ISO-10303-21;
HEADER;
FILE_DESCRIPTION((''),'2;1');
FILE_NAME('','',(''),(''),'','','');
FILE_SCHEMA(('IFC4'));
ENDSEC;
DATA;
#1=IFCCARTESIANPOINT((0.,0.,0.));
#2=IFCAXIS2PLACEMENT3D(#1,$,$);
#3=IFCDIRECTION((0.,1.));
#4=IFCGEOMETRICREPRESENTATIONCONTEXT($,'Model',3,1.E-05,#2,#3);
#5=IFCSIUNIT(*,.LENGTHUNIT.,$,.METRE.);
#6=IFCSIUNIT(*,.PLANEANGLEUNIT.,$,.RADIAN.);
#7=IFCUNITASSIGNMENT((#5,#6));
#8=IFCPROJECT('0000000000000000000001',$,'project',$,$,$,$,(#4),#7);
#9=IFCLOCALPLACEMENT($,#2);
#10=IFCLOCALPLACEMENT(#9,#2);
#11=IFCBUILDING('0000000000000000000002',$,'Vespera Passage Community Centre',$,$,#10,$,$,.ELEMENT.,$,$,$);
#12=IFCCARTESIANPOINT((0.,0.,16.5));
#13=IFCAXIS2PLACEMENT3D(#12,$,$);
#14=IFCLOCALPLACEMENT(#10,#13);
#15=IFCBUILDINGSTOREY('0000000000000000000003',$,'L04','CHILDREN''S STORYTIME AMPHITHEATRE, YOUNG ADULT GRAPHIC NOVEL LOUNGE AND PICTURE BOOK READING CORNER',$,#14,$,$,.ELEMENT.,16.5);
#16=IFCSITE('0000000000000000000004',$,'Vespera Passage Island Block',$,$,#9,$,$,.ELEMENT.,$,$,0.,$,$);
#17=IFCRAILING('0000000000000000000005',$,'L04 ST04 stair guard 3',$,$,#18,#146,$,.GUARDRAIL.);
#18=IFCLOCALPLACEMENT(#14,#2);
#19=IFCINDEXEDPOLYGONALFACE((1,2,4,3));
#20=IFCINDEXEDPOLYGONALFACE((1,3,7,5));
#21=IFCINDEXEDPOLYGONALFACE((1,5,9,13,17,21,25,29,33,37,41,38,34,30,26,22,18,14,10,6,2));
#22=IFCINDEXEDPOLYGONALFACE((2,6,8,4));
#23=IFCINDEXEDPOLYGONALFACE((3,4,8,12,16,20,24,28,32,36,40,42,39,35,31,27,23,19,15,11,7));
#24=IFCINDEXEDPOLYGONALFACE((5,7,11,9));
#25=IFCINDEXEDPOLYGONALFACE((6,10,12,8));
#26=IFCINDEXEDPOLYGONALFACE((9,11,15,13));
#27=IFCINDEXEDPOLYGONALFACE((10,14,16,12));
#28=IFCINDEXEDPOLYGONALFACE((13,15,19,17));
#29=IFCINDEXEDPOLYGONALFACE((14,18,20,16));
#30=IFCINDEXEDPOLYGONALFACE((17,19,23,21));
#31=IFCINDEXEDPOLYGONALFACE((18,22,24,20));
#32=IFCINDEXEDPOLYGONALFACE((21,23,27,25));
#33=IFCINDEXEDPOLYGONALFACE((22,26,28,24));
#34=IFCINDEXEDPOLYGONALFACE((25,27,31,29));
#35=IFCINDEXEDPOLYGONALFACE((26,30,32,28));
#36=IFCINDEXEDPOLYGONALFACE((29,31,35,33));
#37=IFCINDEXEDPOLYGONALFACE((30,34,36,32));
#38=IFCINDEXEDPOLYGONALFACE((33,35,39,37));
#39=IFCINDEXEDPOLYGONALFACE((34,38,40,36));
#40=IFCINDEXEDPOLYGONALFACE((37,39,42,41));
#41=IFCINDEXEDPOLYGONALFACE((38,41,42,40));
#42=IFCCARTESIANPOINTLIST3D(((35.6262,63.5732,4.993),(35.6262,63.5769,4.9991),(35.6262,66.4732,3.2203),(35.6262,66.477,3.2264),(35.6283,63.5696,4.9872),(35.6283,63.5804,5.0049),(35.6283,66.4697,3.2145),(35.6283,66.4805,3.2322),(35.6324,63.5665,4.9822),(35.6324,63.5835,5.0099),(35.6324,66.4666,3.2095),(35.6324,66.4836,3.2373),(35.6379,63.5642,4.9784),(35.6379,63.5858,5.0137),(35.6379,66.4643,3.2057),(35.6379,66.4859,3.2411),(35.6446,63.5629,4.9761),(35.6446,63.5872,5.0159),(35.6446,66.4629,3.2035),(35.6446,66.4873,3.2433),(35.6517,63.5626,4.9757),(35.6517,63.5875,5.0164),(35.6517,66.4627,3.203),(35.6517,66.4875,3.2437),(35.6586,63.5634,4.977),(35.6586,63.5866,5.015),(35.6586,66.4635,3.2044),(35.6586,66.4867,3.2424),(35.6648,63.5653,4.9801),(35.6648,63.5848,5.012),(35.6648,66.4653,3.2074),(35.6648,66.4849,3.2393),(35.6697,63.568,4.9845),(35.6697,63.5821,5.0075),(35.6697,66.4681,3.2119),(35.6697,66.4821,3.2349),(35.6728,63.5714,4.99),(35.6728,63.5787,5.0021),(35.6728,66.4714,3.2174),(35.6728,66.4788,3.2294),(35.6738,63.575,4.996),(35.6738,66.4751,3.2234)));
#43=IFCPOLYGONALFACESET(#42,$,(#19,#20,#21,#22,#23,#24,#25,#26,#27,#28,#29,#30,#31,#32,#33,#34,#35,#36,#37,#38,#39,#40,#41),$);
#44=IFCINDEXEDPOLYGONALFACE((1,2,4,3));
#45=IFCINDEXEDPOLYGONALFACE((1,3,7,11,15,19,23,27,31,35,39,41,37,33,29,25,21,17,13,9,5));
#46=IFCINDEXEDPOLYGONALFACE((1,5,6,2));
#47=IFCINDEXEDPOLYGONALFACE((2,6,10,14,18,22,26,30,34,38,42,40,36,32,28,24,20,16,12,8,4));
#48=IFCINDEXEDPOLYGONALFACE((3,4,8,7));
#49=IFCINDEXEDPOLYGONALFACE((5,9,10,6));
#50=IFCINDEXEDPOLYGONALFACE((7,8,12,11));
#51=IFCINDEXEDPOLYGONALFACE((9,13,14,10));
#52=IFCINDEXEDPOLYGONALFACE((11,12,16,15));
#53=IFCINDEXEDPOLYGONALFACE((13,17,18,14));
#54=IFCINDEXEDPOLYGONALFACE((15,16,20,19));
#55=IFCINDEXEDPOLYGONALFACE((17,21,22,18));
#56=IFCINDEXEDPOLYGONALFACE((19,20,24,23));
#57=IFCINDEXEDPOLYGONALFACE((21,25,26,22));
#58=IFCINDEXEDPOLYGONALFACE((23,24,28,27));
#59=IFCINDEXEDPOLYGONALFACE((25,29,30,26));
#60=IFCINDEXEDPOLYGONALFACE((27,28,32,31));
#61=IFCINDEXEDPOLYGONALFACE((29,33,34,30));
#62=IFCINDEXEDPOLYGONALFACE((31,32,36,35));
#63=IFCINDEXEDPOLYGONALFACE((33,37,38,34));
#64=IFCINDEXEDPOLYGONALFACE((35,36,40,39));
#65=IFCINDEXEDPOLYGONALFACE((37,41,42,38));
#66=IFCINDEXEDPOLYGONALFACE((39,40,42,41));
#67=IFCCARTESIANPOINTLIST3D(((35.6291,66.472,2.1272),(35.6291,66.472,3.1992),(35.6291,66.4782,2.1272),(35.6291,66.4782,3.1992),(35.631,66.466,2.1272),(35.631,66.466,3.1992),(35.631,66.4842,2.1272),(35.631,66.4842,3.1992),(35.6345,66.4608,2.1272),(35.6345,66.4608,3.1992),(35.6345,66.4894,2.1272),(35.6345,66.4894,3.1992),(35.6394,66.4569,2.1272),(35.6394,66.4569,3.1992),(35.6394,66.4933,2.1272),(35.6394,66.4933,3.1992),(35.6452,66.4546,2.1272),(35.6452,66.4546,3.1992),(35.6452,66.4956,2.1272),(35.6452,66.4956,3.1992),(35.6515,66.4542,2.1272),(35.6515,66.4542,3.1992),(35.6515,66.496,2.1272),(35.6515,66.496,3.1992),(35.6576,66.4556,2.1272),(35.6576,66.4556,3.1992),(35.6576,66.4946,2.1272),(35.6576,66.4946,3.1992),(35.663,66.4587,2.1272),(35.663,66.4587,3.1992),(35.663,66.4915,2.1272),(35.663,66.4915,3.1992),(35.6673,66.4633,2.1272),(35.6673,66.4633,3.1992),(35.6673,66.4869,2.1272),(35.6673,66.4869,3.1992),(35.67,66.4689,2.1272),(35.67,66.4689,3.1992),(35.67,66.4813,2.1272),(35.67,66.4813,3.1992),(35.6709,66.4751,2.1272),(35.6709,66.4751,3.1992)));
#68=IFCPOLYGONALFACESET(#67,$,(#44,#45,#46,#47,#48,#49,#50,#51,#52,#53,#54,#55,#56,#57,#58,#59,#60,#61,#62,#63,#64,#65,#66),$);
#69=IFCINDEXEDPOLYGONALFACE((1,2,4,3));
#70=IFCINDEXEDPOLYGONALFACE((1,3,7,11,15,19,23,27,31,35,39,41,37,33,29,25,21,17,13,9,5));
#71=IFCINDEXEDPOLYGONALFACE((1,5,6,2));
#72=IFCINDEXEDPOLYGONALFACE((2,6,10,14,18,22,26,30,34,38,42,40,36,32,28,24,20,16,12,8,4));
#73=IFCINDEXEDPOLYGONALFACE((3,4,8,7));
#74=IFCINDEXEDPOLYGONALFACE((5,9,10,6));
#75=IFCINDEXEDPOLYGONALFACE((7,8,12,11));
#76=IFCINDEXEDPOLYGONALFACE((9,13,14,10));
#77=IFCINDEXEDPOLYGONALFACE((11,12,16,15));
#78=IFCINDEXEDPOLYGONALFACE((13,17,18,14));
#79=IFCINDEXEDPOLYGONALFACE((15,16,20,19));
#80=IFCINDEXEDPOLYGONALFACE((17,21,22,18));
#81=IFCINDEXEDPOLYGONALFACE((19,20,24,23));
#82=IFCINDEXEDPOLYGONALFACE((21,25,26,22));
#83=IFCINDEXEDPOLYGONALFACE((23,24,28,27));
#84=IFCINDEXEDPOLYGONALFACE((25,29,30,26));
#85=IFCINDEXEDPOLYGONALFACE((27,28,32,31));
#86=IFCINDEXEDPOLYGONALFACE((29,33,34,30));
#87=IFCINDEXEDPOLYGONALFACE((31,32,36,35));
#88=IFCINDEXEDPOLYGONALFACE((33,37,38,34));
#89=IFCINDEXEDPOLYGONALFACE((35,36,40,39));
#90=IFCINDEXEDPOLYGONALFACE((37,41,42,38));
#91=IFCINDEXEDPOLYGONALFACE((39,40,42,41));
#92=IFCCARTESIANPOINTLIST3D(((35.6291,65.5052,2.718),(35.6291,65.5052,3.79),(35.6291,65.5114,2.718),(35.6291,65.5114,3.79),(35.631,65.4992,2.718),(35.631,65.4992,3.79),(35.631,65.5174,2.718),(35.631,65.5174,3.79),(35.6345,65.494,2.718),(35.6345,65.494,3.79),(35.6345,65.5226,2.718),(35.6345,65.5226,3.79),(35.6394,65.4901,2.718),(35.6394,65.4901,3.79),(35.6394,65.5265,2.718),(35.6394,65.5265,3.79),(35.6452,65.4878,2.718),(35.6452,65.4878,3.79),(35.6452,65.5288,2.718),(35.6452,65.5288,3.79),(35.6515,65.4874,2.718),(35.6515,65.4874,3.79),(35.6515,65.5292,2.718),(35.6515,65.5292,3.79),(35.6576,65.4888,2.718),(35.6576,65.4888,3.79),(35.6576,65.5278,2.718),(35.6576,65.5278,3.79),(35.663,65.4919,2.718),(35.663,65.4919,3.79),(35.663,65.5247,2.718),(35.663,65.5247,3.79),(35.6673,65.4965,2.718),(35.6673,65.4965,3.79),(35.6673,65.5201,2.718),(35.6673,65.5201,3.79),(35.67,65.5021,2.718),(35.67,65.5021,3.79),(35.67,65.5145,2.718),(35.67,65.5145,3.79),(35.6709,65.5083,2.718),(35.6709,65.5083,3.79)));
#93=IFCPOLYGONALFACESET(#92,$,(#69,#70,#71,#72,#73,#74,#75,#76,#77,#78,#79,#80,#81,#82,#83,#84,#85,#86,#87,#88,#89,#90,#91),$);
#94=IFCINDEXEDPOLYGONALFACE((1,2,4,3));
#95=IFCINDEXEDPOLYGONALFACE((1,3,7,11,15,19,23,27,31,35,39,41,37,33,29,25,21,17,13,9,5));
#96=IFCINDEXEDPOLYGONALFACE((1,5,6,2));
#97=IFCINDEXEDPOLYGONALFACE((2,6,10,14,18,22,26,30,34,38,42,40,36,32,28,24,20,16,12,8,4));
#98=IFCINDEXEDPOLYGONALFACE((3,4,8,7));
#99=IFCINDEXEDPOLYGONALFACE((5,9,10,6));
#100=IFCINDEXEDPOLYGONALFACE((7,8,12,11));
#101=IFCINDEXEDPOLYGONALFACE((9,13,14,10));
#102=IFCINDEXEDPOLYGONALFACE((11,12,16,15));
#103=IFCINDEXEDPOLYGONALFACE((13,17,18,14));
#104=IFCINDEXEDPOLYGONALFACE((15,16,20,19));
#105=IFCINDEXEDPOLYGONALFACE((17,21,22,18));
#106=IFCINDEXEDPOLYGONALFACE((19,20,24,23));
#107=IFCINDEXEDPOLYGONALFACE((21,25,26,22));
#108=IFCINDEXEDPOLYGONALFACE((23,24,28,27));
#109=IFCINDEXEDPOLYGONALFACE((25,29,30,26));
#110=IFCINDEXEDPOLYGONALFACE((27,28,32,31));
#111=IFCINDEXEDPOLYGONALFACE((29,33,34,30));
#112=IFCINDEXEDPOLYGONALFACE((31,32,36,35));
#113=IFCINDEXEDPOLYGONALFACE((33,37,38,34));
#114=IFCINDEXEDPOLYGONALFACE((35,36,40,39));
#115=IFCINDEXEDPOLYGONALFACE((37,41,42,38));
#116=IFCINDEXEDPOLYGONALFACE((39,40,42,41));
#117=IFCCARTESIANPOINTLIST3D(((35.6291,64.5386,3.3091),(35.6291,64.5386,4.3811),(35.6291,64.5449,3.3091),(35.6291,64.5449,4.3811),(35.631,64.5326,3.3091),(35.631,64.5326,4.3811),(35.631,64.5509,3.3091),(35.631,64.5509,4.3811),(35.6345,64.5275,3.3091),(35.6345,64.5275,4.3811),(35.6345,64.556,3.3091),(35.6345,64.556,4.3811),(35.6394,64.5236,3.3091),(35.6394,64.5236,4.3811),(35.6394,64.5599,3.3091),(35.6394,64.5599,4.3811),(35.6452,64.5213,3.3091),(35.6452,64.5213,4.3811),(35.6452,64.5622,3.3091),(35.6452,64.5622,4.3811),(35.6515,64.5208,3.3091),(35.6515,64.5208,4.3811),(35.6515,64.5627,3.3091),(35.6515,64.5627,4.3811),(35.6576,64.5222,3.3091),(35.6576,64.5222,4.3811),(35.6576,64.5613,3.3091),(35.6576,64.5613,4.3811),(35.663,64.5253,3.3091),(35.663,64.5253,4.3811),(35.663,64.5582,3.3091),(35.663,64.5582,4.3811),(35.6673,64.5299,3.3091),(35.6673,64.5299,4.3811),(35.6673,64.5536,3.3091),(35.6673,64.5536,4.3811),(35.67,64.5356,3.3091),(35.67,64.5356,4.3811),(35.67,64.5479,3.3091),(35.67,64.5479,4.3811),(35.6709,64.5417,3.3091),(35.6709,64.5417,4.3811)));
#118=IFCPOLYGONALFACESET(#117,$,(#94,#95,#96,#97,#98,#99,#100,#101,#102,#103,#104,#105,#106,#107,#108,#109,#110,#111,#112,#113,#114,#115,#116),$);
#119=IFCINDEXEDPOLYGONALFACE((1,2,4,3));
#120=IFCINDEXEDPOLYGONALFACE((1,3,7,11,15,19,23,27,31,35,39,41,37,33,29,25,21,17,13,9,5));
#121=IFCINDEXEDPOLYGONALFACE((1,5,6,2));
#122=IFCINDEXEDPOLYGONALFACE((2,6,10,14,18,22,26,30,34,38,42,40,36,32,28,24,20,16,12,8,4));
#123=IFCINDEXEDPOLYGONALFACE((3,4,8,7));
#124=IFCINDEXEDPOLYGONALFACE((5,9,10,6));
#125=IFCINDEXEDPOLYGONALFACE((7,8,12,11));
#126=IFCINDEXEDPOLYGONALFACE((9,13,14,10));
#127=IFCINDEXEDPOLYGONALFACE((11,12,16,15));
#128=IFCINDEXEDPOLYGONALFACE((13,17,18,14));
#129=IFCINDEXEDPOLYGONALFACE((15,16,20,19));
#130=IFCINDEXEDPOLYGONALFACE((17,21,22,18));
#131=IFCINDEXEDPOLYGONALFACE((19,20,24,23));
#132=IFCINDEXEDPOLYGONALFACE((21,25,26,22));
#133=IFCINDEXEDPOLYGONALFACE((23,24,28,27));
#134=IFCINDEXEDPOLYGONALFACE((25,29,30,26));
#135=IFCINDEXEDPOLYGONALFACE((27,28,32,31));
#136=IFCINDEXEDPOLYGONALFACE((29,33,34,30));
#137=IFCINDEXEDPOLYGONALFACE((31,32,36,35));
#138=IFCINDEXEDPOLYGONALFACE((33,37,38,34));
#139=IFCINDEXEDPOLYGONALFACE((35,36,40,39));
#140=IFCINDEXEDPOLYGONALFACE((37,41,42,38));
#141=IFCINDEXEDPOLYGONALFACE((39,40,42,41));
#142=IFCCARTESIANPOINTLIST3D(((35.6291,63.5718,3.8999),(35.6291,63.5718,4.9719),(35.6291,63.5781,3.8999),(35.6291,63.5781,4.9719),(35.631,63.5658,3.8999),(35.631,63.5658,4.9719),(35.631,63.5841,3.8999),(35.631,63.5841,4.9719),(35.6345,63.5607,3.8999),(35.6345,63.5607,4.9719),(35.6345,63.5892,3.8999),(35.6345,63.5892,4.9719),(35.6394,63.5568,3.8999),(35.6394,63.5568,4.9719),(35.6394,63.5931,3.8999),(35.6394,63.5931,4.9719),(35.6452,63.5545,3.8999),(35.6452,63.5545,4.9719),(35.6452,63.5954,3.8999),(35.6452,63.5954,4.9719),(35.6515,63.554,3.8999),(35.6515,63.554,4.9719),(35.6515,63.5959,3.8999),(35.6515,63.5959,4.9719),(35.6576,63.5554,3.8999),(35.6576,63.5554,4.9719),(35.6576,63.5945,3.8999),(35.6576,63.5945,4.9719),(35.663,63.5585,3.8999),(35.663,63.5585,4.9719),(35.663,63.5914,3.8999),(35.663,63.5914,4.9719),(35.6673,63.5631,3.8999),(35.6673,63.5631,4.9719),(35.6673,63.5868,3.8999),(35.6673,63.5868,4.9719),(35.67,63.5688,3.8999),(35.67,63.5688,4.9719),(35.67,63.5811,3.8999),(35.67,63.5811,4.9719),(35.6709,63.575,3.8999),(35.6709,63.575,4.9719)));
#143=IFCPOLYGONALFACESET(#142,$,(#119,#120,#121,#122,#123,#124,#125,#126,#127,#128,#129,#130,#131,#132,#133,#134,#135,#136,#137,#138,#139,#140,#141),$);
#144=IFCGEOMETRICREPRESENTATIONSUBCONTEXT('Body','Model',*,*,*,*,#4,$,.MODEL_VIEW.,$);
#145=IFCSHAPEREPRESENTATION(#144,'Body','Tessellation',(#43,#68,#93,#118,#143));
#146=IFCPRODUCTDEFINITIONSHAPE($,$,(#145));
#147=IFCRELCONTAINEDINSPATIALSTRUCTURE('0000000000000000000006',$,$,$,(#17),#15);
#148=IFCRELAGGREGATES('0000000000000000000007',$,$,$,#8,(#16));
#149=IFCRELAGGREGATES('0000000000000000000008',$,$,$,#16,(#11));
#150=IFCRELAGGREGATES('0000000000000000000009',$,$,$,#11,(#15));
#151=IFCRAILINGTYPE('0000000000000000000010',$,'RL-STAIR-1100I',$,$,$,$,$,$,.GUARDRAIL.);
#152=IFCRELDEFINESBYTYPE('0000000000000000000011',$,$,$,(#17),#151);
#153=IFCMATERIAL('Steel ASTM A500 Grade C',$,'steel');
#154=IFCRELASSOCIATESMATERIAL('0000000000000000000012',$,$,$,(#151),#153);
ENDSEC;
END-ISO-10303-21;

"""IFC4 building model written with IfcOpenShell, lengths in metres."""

from ifc_helpers import new_model, si_unit, direction, frame, origin, origin_2d, place, context, subcontext, project, spatial, circle, extrude, material, type_object, element, save


model = new_model("IFC4")

# Units and contexts
model_context = context("Model", 3, precision=1e-05, world=origin(), true_north=direction((0.0, 1.0)))
body_context = subcontext(model_context, "Body", "Model", "MODEL_VIEW")
ifc_project = project(units=[si_unit("LENGTHUNIT", "METRE"), si_unit("PLANEANGLEUNIT", "RADIAN")], contexts=[model_context])

# Site, building, storey
site_placement = place(None, origin())
site = spatial("IfcSite", under=ifc_project, at=site_placement, Name="Vespera Passage Island Block", CompositionType="ELEMENT", RefElevation=0.0)
building_placement = place(site_placement, origin())
building = spatial("IfcBuilding", under=site, at=building_placement, Name="Vespera Passage Community Centre", CompositionType="ELEMENT")
storey_placement = place(building_placement, frame((0.0, 0.0, 16.5)))
storey = spatial("IfcBuildingStorey", under=building, at=storey_placement, Name="L04", Description="CHILDREN'S STORYTIME AMPHITHEATRE, YOUNG ADULT GRAPHIC NOVEL LOUNGE AND PICTURE BOOK READING CORNER", CompositionType="ELEMENT", Elevation=16.5)

# Railing
ifc_material_1 = material(Name="Steel ASTM A500 Grade C", Category="steel")
railing_type_1 = type_object("IfcRailingType", Name="RL-STAIR-1100I", PredefinedType="GUARDRAIL", material=ifc_material_1)
railing_1_placement = place(storey_placement, frame((35.6499, 66.4751, 2.1272)))
element("IfcRailing", 1, at=railing_1_placement, inside=storey, type_object=railing_type_1, Name="L04 ST04 stair guard 3", PredefinedType="GUARDRAIL", context=body_context, shape_type="SweptSolid", body=[
    extrude(circle(Radius=0.0239, at=origin_2d()), frame((0.0, 0.0, 1.0962), z_axis=(0.0, -0.85323, 0.521534), x_axis=(1.0, 0.0, 0.0)), (0.0, 0.0, 1.0), 3.3989),
    extrude(circle(Radius=0.021, at=origin_2d()), origin(), (0.0, 0.0, 1.0), 1.072),
    extrude(circle(Radius=0.021, at=origin_2d()), frame((0.0, -0.9668, 0.5908)), (0.0, 0.0, 1.0), 1.072),
    extrude(circle(Radius=0.021, at=origin_2d()), frame((0.0, -1.9333, 1.1819)), (0.0, 0.0, 1.0), 1.072),
    extrude(circle(Radius=0.021, at=origin_2d()), frame((0.0, -2.9001, 1.7727)), (0.0, 0.0, 1.0), 1.072),
])

save(model, "model.ifc")
